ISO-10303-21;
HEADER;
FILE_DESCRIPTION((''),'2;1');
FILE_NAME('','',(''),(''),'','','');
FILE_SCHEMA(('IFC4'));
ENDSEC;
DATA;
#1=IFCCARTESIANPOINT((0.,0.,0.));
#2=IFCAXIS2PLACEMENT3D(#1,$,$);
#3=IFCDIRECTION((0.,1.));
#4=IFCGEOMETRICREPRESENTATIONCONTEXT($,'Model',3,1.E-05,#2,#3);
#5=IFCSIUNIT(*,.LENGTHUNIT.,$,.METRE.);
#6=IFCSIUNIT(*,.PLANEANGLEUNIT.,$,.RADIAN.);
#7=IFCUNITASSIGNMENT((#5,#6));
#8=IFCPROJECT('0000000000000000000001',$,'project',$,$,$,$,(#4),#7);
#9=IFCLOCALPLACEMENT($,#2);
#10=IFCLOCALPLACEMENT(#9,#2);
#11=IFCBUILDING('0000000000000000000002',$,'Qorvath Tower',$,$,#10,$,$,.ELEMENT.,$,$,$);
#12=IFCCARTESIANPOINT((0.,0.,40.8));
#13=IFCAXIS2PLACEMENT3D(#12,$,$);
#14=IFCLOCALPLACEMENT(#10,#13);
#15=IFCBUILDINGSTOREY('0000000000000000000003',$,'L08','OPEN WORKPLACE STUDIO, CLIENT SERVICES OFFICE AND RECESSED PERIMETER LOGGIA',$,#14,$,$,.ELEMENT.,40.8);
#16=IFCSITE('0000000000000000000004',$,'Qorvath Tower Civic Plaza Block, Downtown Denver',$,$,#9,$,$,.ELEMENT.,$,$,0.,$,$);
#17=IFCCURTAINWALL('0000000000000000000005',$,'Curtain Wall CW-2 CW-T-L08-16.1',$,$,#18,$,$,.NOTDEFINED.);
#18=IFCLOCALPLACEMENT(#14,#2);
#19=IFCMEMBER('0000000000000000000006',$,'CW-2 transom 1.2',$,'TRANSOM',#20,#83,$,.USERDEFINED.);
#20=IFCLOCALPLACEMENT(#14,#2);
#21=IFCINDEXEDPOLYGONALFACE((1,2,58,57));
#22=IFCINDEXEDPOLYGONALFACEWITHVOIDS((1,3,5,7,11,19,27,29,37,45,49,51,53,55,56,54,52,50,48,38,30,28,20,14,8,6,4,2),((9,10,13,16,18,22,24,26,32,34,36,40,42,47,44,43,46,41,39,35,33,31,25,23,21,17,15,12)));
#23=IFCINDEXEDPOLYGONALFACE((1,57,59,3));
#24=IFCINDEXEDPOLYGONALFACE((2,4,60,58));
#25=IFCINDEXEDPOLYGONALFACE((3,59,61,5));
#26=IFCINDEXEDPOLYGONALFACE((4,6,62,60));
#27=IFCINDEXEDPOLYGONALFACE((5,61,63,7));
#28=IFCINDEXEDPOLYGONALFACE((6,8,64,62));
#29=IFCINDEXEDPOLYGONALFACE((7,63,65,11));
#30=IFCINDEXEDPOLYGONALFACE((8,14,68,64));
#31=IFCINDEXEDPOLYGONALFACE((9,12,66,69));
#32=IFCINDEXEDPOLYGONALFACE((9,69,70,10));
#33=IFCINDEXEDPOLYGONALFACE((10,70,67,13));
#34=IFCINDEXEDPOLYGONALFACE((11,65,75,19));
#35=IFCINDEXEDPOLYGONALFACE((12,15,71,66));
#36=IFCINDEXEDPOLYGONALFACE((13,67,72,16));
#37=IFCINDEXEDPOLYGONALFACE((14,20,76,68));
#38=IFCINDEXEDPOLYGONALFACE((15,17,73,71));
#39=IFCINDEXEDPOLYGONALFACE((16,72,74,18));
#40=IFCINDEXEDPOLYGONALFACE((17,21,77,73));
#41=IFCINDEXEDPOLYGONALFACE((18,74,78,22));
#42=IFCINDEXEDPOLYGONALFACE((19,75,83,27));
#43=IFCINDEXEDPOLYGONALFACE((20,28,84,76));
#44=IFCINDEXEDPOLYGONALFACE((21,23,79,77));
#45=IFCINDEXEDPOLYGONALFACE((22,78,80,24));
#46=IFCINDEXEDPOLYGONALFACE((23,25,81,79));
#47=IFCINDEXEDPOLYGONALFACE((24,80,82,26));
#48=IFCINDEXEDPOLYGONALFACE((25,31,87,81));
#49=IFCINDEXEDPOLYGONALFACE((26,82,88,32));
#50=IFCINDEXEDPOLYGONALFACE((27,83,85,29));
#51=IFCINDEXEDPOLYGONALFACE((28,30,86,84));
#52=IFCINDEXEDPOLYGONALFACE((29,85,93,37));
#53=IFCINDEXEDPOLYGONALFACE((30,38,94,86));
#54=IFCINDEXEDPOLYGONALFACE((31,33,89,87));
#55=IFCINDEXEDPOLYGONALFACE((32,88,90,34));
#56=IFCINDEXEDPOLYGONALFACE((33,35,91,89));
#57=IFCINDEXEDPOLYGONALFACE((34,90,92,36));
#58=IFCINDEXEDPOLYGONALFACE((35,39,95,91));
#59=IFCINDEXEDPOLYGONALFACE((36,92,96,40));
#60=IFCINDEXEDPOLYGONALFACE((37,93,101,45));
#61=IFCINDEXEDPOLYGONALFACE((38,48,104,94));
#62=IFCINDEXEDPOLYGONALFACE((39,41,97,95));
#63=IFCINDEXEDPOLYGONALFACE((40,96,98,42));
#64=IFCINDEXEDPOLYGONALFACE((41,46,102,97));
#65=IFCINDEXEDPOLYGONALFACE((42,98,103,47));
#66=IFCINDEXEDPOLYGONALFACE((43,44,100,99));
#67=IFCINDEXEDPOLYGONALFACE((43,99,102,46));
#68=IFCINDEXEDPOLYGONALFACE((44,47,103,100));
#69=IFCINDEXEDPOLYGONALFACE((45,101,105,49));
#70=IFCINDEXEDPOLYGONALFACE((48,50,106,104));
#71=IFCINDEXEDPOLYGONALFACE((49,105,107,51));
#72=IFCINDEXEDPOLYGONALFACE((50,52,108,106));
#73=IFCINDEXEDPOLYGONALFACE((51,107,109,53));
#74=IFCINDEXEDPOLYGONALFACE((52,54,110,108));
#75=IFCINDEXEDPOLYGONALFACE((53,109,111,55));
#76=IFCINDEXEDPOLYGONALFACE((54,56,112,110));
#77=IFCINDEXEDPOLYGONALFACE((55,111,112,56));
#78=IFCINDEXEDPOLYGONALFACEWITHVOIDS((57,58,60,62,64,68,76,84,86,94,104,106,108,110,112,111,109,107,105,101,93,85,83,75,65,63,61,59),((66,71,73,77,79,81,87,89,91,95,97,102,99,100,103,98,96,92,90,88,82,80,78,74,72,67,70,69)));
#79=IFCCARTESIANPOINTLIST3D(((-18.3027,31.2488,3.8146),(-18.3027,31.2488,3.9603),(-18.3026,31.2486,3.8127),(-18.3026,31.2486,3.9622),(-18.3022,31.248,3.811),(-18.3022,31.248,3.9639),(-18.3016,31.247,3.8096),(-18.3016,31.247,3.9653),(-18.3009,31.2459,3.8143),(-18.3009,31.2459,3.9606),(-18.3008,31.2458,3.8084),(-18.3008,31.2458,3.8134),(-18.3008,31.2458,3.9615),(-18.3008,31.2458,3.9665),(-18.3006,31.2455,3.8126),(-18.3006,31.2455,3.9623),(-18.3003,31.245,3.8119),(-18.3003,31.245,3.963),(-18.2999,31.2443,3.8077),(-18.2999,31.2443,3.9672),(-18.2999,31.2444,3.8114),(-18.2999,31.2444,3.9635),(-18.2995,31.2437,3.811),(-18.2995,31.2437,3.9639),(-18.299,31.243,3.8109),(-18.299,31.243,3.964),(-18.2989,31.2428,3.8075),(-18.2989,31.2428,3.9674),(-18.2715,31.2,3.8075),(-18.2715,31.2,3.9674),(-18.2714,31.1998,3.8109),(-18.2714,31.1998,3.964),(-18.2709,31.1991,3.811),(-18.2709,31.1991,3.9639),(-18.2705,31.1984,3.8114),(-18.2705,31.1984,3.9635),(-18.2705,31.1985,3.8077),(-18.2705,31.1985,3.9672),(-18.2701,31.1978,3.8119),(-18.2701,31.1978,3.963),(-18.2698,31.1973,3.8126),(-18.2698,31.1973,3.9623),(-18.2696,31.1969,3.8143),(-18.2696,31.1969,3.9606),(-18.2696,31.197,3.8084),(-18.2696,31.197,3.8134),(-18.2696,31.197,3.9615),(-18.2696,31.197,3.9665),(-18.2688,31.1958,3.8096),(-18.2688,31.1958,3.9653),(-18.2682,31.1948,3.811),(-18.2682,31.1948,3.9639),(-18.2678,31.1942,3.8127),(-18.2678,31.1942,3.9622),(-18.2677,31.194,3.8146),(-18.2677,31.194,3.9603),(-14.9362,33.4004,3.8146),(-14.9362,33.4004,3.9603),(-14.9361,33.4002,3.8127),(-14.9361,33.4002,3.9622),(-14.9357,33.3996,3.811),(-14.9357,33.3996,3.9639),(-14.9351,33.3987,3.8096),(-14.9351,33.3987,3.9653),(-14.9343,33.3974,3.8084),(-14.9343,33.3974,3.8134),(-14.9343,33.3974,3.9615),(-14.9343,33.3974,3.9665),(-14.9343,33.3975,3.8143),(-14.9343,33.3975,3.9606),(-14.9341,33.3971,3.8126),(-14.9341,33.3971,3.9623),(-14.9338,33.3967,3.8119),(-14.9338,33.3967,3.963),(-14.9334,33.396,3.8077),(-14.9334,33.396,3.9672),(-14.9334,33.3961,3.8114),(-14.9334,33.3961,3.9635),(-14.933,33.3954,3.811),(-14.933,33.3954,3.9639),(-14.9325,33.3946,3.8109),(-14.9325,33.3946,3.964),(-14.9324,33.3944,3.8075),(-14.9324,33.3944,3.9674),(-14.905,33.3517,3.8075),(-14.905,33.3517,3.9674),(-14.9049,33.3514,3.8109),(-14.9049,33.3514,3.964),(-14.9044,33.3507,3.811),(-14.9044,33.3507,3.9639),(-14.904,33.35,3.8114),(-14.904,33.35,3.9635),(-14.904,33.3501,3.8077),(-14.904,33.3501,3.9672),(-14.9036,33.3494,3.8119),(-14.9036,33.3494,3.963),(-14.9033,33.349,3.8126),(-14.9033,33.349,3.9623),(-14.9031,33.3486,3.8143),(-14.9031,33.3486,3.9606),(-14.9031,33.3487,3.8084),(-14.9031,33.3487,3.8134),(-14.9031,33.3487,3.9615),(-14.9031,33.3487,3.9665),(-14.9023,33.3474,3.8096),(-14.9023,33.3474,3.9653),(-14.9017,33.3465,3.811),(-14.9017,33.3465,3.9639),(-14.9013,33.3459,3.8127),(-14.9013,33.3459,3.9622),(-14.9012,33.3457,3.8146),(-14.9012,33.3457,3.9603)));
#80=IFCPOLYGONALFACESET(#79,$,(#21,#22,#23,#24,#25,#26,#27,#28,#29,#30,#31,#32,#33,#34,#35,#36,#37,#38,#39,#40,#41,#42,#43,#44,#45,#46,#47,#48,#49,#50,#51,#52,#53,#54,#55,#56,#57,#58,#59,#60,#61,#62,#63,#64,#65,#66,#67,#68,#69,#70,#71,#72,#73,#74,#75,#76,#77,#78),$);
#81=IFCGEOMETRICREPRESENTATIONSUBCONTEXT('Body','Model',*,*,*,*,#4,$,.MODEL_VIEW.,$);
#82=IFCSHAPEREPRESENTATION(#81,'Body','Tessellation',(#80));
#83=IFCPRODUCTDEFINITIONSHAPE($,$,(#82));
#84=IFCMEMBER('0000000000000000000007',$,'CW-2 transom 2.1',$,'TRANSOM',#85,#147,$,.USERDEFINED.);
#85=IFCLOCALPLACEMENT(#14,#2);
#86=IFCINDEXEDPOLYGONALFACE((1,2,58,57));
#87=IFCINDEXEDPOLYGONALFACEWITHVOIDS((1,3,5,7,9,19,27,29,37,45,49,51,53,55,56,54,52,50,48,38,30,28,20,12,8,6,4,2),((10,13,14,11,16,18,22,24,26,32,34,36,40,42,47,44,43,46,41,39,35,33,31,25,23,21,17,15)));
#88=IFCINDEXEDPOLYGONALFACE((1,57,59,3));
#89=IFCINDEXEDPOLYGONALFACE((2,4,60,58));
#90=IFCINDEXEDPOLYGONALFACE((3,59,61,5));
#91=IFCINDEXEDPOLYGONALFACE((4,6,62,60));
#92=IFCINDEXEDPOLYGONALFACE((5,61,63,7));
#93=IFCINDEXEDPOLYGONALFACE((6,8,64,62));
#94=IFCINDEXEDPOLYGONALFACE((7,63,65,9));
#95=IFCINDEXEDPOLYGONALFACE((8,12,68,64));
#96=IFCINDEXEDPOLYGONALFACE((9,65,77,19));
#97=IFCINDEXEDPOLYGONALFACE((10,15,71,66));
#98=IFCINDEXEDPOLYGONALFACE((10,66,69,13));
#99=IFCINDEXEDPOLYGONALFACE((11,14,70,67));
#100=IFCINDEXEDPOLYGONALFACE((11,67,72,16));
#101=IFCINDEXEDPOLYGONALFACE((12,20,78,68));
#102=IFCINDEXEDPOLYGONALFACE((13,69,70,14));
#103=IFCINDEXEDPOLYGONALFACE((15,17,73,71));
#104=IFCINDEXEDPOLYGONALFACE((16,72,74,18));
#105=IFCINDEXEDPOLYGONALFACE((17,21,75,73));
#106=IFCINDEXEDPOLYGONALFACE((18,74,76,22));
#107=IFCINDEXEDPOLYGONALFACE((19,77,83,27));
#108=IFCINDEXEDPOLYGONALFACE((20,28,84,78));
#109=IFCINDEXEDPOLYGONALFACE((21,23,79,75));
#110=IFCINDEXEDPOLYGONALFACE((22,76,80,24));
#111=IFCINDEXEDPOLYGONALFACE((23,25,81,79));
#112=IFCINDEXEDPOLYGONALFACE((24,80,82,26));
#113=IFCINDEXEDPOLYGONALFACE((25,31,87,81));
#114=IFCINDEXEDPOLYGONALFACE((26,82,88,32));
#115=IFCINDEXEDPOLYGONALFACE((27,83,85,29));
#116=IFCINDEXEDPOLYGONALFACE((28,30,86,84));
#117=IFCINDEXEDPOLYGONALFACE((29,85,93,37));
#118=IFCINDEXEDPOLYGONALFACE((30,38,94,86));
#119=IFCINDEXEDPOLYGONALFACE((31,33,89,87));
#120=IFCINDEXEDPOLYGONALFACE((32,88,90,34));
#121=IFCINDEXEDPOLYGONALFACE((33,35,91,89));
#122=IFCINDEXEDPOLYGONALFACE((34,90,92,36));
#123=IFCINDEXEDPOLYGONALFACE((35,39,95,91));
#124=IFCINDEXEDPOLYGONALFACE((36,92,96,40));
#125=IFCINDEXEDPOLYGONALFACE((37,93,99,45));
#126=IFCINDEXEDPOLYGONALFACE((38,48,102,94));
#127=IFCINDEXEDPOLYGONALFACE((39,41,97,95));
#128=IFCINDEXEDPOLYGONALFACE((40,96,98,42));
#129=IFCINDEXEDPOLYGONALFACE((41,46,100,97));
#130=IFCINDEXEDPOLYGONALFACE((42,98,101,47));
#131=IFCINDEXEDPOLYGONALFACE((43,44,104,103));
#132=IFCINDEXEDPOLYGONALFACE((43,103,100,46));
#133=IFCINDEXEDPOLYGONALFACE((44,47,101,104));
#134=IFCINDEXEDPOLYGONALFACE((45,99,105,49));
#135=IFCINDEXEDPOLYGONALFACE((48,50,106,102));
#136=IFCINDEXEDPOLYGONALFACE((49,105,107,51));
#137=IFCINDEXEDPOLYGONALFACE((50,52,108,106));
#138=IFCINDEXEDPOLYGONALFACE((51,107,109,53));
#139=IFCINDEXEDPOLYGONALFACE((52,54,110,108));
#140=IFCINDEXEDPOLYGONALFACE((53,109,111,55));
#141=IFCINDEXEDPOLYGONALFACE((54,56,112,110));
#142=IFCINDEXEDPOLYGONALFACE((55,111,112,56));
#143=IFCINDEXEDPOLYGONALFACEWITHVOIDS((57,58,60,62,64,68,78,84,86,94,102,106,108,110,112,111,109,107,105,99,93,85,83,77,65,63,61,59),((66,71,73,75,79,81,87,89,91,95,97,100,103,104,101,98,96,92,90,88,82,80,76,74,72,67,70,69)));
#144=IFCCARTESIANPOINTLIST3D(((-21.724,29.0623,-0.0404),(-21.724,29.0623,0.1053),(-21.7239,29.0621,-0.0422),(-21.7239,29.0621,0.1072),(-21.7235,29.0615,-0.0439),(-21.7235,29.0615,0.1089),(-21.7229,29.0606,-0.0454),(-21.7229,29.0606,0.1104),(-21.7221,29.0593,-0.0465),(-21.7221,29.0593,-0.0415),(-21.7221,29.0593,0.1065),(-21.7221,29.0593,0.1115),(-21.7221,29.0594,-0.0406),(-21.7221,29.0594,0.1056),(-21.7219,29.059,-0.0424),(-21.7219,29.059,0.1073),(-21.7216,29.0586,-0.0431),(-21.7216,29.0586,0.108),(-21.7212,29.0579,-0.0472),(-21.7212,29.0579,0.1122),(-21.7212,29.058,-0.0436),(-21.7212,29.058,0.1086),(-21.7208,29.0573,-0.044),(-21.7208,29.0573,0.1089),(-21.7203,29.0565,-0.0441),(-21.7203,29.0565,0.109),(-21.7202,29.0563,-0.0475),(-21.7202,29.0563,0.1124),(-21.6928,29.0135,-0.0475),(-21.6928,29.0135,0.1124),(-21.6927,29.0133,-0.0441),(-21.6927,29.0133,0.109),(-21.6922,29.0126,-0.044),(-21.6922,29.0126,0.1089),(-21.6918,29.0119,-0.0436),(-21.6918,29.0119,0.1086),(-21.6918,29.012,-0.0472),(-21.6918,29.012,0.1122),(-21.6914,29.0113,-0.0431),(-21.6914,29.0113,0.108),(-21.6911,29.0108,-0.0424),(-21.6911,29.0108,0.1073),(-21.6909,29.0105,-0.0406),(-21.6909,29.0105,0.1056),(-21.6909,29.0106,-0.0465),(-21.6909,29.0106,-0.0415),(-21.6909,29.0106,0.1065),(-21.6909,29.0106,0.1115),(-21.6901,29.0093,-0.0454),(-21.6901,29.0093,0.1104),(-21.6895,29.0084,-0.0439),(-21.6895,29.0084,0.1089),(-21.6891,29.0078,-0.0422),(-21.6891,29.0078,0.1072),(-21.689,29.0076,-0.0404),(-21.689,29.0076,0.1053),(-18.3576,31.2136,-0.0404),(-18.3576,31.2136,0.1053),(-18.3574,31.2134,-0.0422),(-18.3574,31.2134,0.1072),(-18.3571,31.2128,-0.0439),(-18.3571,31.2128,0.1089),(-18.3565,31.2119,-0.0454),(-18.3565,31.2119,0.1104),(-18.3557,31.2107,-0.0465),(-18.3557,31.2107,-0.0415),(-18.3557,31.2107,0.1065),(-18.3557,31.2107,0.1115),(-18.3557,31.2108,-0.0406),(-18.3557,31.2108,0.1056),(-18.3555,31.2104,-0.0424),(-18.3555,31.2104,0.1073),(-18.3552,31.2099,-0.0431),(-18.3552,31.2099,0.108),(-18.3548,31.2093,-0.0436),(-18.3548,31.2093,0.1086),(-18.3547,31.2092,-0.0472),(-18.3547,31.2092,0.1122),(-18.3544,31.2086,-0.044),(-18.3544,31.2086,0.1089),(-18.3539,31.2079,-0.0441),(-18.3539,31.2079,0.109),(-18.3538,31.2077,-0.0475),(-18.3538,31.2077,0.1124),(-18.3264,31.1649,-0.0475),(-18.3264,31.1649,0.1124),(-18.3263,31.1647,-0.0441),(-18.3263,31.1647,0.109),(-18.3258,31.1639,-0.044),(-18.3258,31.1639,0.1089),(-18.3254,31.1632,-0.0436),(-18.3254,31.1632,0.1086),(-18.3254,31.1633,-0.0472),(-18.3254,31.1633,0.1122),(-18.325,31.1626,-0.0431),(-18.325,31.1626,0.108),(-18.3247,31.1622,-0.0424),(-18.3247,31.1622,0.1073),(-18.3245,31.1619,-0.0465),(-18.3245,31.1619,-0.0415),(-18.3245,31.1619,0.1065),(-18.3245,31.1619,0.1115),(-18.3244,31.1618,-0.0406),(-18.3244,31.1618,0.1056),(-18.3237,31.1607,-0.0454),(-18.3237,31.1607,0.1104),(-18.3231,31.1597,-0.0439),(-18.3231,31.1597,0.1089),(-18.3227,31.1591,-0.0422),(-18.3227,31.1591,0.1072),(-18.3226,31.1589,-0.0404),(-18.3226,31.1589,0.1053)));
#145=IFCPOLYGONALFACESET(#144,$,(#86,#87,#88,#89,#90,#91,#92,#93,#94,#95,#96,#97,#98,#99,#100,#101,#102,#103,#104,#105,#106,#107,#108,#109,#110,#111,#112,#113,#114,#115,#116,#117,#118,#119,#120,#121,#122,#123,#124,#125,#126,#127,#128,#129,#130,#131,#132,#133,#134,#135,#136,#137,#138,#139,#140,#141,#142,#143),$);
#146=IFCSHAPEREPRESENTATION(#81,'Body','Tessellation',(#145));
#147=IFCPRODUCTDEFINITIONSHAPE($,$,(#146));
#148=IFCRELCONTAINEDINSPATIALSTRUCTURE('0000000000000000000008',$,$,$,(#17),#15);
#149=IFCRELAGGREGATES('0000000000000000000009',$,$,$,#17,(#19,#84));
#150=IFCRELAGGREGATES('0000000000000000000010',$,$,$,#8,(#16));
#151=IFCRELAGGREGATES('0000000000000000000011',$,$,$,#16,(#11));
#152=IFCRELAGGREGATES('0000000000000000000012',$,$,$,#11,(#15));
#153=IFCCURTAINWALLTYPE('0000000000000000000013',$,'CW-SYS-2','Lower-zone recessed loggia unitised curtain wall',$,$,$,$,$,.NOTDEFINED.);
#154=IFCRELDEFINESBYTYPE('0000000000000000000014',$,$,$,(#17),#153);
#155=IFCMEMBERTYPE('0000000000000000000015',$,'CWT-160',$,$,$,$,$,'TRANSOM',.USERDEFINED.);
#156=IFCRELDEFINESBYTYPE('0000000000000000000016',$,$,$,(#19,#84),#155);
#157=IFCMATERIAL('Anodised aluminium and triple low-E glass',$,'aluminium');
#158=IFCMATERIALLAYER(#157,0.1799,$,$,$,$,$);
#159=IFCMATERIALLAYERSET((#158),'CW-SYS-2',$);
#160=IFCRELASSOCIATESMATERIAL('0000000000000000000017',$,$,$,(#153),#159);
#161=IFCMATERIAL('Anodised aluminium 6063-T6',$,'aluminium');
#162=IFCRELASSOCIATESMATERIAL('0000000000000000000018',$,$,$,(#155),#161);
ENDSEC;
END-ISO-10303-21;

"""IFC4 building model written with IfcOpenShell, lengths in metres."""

from ifc_helpers import new_model, si_unit, direction, frame, origin, origin_2d, place, context, subcontext, project, spatial, hollow_rectangle, extrude, material, layer, layer_set, material_profile, profile_set, type_object, element, aggregate, save


model = new_model("IFC4")

# Units and contexts
model_context = context("Model", 3, precision=1e-05, world=origin(), true_north=direction((0.0, 1.0)))
body_context = subcontext(model_context, "Body", "Model", "MODEL_VIEW")
ifc_project = project(units=[si_unit("LENGTHUNIT", "METRE"), si_unit("PLANEANGLEUNIT", "RADIAN")], contexts=[model_context])

# Site, building, storey
site_placement = place(None, origin())
site = spatial("IfcSite", under=ifc_project, at=site_placement, Name="Qorvath Tower Civic Plaza Block, Downtown Denver", CompositionType="ELEMENT", RefElevation=0.0)
building_placement = place(site_placement, origin())
building = spatial("IfcBuilding", under=site, at=building_placement, Name="Qorvath Tower", CompositionType="ELEMENT")
storey_placement = place(building_placement, frame((0.0, 0.0, 40.8)))
storey = spatial("IfcBuildingStorey", under=building, at=storey_placement, Name="L08", Description="OPEN WORKPLACE STUDIO, CLIENT SERVICES OFFICE AND RECESSED PERIMETER LOGGIA", CompositionType="ELEMENT", Elevation=40.8)

# Curtain wall
ifc_material_1 = material(Name="Anodised aluminium and triple low-E glass", Category="aluminium")
ifc_layer_1 = layer(ifc_material_1, 0.1799)
ifc_layer_set_1 = layer_set([ifc_layer_1], Name="CW-SYS-2")
curtain_wall_type = type_object("IfcCurtainWallType", Name="CW-SYS-2", Description="Lower-zone recessed loggia unitised curtain wall", PredefinedType="NOTDEFINED", material=ifc_layer_set_1)
curtain_wall_1_placement = place(storey_placement, origin())
curtain_wall_1 = element("IfcCurtainWall", 1, at=curtain_wall_1_placement, inside=storey, type_object=curtain_wall_type, Name="Curtain Wall CW-2 CW-T-L08-16.1", PredefinedType="NOTDEFINED")

# Members
ifc_material_2 = material(Name="Anodised aluminium 6063-T6", Category="aluminium")
ifc_material_profile_1 = material_profile(ifc_material_2, hollow_rectangle(XDim=0.0649, YDim=0.1599, WallThickness=0.0034, InnerFilletRadius=0.0034, OuterFilletRadius=0.0071, at=origin_2d()), Name="CWT 160x65")
ifc_profile_set_1 = profile_set([ifc_material_profile_1], Name="Anodised aluminium 6063-T6")
member_type_1 = type_object("IfcMemberType", Name="CWT-160", ElementType="TRANSOM", PredefinedType="USERDEFINED", material=ifc_profile_set_1)
member_1_placement = place(storey_placement, frame((-14.9187, 33.373, 3.8875), z_axis=(-0.842603, -0.538535, 0.0), x_axis=(0.538535, -0.842603, 0.0)))
member_1 = element("IfcMember", 2, at=member_1_placement, type_object=member_type_1, Name="CW-2 transom 1.2", ObjectType="TRANSOM", PredefinedType="USERDEFINED", context=body_context, shape_type="SweptSolid", body=[
    extrude(hollow_rectangle(XDim=0.0649, YDim=0.1599, WallThickness=0.0034, InnerFilletRadius=0.0034, OuterFilletRadius=0.0071, at=origin_2d()), origin(), (0.0, 0.0, 1.0), 3.9954),
])
member_2_placement = place(storey_placement, frame((-18.3401, 31.1863, 0.0325), z_axis=(-0.842631, -0.538492, 0.0), x_axis=(0.538492, -0.842631, 0.0)))
member_2 = element("IfcMember", 3, at=member_2_placement, type_object=member_type_1, Name="CW-2 transom 2.1", ObjectType="TRANSOM", PredefinedType="USERDEFINED", context=body_context, shape_type="SweptSolid", body=[
    extrude(hollow_rectangle(XDim=0.0649, YDim=0.1599, WallThickness=0.0034, InnerFilletRadius=0.0034, OuterFilletRadius=0.0071, at=origin_2d()), origin(), (0.0, 0.0, 1.0), 3.9951),
])

aggregate(curtain_wall_1, [member_1, member_2])

save(model, "model.ifc")
